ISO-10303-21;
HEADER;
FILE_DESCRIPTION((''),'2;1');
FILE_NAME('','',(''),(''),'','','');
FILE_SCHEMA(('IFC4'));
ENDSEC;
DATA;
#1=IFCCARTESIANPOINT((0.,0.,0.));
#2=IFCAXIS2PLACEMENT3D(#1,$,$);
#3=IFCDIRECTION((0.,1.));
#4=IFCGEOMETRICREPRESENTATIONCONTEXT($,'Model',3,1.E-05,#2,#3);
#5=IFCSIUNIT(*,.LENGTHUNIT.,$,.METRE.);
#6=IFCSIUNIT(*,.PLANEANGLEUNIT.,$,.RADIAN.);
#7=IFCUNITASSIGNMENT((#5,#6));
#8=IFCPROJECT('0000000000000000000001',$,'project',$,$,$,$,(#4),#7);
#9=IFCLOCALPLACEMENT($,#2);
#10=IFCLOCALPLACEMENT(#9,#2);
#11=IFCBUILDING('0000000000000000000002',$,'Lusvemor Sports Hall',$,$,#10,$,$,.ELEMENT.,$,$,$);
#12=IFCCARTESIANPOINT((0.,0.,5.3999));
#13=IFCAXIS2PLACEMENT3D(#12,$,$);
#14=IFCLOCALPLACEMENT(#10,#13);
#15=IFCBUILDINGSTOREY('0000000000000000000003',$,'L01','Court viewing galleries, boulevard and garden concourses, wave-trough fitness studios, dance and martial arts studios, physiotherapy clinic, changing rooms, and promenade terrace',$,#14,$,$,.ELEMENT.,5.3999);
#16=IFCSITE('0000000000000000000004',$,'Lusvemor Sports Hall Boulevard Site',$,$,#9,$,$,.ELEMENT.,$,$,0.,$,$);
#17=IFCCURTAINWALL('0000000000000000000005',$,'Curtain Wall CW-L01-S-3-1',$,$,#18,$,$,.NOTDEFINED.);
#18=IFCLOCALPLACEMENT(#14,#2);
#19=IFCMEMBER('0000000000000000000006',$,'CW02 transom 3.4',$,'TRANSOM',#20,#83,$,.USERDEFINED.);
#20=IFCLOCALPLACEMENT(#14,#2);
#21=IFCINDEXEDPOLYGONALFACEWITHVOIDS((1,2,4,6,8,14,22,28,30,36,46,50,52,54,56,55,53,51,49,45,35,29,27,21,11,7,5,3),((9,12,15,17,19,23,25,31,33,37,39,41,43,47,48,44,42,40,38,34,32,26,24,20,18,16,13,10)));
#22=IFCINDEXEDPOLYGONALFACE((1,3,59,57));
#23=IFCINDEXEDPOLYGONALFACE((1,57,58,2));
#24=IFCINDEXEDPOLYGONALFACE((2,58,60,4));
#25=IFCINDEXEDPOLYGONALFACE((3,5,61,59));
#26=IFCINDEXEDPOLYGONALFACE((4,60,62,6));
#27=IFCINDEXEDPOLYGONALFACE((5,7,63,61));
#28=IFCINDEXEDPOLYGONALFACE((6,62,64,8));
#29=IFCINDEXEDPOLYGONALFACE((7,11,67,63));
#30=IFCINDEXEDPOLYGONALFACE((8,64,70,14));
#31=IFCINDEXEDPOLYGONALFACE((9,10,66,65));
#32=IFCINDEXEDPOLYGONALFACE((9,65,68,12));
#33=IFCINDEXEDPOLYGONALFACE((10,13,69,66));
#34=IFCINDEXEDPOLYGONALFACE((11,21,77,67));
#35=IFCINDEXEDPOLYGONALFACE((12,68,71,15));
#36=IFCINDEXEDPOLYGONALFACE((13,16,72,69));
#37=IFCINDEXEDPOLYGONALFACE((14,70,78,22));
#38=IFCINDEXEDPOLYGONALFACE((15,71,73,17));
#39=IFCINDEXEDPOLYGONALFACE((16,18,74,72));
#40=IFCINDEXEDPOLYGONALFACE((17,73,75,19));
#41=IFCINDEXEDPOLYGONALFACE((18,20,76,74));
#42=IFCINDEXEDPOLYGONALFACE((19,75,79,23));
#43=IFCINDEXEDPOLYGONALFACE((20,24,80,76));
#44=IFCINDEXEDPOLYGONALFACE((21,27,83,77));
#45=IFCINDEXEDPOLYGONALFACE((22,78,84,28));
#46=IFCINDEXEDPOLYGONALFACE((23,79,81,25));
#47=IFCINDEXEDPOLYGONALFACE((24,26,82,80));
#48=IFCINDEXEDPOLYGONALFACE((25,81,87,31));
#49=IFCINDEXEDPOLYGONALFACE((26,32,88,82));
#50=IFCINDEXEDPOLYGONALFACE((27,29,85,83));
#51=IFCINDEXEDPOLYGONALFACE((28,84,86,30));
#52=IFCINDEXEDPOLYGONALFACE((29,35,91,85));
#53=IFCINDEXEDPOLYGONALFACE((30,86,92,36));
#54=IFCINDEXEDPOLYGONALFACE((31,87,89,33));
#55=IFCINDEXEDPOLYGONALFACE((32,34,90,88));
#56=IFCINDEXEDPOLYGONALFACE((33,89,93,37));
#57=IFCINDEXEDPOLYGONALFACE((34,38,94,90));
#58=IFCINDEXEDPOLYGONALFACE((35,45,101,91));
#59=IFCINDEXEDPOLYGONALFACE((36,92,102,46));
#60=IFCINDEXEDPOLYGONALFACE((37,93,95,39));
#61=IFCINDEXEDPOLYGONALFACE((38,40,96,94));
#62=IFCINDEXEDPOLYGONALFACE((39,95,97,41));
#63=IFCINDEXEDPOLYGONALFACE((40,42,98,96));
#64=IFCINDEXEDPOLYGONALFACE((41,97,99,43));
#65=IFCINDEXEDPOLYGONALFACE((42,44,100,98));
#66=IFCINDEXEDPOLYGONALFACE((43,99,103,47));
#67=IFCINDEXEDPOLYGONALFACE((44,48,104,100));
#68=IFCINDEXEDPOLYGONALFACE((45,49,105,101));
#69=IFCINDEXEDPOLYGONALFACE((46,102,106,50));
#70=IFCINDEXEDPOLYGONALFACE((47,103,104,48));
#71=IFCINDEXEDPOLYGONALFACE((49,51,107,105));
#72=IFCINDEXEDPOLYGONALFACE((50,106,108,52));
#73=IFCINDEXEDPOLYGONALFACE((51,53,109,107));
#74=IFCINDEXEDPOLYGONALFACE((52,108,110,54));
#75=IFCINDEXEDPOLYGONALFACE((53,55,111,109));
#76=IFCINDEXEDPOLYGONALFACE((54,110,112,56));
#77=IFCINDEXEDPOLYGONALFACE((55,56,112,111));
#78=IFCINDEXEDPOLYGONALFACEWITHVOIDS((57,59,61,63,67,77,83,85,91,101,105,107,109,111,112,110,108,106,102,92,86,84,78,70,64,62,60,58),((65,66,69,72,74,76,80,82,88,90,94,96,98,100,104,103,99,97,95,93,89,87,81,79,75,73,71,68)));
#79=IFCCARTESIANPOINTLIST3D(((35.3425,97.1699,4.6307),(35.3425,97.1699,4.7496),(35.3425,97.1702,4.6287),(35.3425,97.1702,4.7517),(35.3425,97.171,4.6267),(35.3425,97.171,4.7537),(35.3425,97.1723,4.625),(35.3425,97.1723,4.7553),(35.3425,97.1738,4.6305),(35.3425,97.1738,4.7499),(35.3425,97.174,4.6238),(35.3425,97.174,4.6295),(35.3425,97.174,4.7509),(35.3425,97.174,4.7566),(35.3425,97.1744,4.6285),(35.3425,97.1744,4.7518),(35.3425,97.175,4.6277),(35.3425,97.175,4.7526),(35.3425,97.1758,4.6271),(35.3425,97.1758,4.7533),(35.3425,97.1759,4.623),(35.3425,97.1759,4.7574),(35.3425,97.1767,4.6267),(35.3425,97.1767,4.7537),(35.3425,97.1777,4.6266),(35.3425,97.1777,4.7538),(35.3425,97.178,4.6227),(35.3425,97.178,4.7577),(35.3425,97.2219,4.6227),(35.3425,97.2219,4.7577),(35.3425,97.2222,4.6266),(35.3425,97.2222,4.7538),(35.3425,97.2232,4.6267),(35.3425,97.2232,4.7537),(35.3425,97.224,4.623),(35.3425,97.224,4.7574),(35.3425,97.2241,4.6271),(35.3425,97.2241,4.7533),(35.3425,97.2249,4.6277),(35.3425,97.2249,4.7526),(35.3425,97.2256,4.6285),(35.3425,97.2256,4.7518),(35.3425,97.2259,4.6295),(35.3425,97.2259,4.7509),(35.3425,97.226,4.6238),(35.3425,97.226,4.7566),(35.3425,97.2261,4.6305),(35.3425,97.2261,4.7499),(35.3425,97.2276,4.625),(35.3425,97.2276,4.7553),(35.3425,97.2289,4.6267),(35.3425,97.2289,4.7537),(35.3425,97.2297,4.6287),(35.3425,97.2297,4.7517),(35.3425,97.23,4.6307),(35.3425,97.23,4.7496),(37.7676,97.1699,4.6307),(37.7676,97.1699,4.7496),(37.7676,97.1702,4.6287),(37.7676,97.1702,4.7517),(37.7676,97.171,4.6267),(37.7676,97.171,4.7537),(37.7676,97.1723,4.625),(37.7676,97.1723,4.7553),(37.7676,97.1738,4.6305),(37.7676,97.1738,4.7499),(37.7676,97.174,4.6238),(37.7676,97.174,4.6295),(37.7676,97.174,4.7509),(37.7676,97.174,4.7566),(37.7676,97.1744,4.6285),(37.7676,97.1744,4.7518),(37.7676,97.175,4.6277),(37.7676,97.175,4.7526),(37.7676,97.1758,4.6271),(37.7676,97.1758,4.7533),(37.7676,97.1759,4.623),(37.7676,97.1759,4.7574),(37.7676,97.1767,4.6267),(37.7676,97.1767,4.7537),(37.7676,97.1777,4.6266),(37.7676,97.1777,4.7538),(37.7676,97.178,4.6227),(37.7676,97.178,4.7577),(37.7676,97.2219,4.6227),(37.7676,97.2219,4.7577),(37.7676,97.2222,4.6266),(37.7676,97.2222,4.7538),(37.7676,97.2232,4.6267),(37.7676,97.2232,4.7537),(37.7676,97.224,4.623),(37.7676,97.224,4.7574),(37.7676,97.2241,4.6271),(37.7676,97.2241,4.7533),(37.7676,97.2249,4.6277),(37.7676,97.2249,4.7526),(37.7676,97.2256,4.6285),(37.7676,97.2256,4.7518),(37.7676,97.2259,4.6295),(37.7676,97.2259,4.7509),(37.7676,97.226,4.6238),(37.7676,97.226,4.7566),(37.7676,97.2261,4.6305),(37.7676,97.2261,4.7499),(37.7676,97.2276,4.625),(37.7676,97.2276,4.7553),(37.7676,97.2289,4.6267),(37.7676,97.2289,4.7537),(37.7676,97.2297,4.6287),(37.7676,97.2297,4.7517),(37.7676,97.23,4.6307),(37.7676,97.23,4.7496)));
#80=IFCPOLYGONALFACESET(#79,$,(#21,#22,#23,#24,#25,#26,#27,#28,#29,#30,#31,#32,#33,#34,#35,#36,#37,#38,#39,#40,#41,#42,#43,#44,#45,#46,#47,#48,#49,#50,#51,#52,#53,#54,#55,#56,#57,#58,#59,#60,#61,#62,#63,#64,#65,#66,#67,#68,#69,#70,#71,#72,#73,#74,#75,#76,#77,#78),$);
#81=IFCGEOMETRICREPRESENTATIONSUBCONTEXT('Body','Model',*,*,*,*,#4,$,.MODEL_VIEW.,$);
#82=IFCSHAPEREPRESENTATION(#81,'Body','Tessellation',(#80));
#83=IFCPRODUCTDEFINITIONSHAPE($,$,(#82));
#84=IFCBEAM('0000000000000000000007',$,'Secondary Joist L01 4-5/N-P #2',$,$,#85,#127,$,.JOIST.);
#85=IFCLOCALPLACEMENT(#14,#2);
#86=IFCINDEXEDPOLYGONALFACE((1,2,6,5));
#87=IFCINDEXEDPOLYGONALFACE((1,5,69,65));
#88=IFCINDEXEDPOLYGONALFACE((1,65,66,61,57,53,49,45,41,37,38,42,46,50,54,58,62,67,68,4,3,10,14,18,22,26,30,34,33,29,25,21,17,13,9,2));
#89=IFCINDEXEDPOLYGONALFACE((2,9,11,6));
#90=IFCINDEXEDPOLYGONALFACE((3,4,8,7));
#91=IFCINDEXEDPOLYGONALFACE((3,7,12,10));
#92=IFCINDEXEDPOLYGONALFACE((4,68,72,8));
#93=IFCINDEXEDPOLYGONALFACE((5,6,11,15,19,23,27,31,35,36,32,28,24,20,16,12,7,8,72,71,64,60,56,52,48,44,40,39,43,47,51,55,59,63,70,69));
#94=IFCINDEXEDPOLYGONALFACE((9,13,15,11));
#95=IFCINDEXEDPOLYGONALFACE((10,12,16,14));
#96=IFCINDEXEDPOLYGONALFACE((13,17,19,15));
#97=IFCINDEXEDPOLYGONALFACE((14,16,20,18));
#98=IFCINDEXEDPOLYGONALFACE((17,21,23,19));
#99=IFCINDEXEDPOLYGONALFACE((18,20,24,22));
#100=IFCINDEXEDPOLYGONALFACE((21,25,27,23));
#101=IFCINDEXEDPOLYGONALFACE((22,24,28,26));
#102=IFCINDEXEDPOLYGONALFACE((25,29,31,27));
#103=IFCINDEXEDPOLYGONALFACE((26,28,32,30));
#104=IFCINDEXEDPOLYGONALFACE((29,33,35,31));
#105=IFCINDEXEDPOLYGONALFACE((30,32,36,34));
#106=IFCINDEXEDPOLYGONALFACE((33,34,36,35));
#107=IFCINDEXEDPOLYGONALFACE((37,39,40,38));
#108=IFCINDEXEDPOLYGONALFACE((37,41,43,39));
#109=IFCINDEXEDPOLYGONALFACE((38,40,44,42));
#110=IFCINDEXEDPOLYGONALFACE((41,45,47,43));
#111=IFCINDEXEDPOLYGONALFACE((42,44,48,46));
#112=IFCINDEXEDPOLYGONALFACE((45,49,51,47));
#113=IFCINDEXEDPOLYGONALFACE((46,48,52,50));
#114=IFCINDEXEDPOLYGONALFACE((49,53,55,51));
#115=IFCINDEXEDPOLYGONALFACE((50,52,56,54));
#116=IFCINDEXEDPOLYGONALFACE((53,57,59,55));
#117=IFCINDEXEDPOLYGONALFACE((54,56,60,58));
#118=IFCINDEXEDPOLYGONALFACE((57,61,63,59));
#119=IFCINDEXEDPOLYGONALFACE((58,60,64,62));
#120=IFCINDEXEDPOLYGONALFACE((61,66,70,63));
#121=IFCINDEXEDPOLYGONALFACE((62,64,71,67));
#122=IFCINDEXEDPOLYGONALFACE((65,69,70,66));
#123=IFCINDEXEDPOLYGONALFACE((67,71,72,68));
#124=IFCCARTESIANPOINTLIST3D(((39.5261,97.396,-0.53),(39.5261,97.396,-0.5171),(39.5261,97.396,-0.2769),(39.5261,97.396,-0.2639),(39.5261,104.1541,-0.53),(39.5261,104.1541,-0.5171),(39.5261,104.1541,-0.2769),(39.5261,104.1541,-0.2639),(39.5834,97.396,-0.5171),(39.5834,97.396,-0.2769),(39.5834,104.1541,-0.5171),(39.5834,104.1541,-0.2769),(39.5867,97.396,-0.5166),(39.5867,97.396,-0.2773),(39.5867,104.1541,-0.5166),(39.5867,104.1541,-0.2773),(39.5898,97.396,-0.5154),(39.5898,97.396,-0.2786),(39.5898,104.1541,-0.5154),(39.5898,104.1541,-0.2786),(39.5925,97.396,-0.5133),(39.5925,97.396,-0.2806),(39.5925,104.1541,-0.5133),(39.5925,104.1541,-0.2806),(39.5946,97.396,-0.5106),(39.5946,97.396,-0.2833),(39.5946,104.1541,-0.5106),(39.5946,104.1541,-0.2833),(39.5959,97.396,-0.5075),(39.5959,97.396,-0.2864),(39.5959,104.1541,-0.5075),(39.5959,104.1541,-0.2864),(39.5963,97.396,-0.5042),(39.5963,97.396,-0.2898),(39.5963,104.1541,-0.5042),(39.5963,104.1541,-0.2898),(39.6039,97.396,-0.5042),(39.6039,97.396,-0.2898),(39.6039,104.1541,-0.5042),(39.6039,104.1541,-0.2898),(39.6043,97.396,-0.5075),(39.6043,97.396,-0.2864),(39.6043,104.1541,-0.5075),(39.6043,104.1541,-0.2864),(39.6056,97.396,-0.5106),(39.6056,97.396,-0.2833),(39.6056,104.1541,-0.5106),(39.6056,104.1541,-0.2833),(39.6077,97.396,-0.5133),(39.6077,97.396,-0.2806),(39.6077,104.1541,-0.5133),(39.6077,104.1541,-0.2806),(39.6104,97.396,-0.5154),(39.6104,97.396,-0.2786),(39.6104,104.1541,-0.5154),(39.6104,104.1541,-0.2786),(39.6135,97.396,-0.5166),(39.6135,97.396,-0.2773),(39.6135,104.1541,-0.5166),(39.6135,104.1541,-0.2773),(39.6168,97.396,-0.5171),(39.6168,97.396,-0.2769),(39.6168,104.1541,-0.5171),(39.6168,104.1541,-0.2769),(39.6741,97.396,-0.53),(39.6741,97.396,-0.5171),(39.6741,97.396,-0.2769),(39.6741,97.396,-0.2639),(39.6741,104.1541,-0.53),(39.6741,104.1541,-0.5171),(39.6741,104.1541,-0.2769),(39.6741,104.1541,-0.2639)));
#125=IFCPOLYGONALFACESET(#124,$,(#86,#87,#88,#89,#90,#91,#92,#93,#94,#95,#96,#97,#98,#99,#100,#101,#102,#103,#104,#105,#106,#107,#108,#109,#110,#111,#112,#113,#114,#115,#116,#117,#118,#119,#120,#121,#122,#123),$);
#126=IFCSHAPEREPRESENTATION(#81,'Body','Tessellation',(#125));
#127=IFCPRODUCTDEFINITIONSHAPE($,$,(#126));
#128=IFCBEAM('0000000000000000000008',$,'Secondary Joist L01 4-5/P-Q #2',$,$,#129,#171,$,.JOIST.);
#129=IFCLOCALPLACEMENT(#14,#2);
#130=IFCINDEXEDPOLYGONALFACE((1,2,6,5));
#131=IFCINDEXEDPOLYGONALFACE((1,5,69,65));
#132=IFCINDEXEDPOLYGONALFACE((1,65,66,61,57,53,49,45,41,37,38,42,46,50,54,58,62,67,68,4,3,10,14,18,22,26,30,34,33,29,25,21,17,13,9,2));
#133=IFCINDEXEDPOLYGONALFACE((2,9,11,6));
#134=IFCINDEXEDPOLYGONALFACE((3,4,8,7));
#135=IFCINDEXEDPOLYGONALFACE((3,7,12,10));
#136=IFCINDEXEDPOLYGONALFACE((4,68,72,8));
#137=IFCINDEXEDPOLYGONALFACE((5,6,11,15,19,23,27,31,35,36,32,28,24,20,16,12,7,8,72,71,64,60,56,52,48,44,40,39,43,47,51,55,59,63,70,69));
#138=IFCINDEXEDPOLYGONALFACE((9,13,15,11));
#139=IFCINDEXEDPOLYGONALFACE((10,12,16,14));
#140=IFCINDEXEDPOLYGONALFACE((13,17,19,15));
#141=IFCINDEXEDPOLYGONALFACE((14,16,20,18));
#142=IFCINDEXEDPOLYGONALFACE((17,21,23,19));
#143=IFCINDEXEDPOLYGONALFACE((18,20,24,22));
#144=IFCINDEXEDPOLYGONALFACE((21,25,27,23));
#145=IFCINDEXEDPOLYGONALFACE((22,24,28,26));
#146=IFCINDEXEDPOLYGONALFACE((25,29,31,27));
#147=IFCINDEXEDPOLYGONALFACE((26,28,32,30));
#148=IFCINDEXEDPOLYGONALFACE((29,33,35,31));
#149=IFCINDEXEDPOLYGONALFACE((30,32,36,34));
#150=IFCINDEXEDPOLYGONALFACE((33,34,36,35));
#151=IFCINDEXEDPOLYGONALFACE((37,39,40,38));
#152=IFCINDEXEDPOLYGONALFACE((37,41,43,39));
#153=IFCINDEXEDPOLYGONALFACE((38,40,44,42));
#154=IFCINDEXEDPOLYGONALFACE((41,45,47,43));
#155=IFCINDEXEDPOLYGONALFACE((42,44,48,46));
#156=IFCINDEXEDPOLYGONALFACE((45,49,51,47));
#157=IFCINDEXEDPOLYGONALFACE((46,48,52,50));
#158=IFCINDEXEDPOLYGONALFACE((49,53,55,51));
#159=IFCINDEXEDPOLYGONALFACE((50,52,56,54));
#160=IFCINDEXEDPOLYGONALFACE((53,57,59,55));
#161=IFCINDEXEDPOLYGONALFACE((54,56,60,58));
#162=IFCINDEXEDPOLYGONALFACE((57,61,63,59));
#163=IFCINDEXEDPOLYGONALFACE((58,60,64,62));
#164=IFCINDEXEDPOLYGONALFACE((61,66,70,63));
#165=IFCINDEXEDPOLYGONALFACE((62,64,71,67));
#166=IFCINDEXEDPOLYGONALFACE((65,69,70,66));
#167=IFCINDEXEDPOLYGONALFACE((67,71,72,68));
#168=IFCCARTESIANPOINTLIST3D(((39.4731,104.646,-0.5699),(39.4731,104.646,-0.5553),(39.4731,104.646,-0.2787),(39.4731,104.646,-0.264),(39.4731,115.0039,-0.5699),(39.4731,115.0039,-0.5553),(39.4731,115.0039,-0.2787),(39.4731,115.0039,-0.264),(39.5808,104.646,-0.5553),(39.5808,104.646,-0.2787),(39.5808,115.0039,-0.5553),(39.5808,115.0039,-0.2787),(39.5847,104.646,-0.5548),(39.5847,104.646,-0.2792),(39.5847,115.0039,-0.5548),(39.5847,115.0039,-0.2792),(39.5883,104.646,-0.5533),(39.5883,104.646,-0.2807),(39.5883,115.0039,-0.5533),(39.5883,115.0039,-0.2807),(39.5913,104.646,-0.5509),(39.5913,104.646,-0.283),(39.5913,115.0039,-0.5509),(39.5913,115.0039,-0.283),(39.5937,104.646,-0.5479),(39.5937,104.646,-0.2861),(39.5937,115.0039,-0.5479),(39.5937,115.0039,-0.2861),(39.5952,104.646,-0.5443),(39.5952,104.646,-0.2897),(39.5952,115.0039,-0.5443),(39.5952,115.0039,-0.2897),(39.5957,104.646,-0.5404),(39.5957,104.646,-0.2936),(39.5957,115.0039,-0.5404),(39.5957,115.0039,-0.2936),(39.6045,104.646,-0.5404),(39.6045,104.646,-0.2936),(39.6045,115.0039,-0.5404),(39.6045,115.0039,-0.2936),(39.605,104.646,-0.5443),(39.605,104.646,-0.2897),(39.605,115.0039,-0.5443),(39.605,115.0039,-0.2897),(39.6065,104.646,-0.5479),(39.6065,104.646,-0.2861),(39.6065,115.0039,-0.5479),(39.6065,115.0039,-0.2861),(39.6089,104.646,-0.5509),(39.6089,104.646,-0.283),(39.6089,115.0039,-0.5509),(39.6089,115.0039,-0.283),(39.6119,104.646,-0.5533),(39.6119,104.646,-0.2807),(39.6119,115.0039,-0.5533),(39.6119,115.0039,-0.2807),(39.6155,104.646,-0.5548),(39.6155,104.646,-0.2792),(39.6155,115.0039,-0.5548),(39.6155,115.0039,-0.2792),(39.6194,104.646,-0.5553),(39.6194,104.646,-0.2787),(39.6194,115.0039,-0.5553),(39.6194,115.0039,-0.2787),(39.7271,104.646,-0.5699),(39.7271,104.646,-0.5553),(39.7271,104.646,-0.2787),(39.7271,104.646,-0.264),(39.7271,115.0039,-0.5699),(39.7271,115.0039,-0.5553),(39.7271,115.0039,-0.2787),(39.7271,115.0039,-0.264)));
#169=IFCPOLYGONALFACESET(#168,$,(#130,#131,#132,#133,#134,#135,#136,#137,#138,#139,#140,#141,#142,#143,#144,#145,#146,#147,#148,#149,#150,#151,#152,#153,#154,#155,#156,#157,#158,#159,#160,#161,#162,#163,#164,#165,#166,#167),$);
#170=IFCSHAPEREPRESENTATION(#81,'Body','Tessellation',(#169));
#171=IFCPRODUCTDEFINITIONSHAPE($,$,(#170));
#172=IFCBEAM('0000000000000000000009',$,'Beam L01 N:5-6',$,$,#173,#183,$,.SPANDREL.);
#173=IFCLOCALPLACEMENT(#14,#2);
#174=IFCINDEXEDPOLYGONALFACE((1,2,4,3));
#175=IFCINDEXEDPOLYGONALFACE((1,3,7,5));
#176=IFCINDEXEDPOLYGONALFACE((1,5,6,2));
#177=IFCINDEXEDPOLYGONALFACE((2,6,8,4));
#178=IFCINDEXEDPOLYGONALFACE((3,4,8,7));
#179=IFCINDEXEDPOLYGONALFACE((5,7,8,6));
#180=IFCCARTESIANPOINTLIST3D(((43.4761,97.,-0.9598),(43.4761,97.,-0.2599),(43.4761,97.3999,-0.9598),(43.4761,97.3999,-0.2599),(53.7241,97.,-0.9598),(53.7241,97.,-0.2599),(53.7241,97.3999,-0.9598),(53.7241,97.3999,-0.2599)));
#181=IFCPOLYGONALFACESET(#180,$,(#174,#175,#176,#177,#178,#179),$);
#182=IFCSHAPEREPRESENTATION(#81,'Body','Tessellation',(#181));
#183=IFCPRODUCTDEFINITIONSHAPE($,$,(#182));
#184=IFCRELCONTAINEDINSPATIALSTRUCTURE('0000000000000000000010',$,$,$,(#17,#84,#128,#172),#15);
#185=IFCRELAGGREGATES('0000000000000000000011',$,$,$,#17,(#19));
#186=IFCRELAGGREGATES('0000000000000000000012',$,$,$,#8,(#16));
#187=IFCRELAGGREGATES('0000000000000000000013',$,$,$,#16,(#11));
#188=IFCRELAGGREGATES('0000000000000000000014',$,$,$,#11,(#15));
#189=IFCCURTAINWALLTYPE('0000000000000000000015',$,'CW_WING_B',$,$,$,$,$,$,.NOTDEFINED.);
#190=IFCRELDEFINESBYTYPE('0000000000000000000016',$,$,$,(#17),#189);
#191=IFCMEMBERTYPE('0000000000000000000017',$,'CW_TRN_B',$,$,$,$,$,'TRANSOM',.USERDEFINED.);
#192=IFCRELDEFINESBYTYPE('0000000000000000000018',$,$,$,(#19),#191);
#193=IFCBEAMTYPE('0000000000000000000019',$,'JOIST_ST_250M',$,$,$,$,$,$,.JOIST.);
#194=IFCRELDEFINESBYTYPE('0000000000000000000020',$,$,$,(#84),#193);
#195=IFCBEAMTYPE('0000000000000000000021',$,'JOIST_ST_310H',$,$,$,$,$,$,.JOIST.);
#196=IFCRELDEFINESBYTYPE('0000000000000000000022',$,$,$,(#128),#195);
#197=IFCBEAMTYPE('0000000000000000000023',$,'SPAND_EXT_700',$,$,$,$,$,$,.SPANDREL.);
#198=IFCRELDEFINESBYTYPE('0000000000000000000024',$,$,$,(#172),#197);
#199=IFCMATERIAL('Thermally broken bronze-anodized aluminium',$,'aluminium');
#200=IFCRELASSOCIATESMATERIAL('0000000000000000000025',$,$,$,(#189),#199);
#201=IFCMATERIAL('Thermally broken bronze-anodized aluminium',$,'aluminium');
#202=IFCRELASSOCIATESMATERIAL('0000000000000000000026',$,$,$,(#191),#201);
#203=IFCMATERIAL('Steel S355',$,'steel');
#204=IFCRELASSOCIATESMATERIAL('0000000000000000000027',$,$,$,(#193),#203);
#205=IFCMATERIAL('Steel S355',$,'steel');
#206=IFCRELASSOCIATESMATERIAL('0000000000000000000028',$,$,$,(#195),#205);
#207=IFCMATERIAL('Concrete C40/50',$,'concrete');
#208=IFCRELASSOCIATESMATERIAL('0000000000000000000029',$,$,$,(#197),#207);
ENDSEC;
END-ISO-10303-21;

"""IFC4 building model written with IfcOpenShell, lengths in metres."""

from ifc_helpers import new_model, si_unit, direction, frame, origin, origin_2d, place, context, subcontext, project, spatial, rectangle, hollow_rectangle, i_section, extrude, material, material_profile, profile_set, type_object, element, aggregate, save


model = new_model("IFC4")

# Units and contexts
model_context = context("Model", 3, precision=1e-05, world=origin(), true_north=direction((0.0, 1.0)))
body_context = subcontext(model_context, "Body", "Model", "MODEL_VIEW")
ifc_project = project(units=[si_unit("LENGTHUNIT", "METRE"), si_unit("PLANEANGLEUNIT", "RADIAN")], contexts=[model_context])

# Site, building, storey
site_placement = place(None, origin())
site = spatial("IfcSite", under=ifc_project, at=site_placement, Name="Lusvemor Sports Hall Boulevard Site", CompositionType="ELEMENT", RefElevation=0.0)
building_placement = place(site_placement, origin())
building = spatial("IfcBuilding", under=site, at=building_placement, Name="Lusvemor Sports Hall", CompositionType="ELEMENT")
storey_placement = place(building_placement, frame((0.0, 0.0, 5.3999)))
storey = spatial("IfcBuildingStorey", under=building, at=storey_placement, Name="L01", Description="Court viewing galleries, boulevard and garden concourses, wave-trough fitness studios, dance and martial arts studios, physiotherapy clinic, changing rooms, and promenade terrace", CompositionType="ELEMENT", Elevation=5.3999)

# Curtain wall, member
ifc_material_1 = material(Name="Thermally broken bronze-anodized aluminium", Category="aluminium")
curtain_wall_type = type_object("IfcCurtainWallType", Name="CW_WING_B", PredefinedType="NOTDEFINED", material=ifc_material_1)
curtain_wall_placement = place(storey_placement, origin())
curtain_wall = element("IfcCurtainWall", 1, at=curtain_wall_placement, inside=storey, type_object=curtain_wall_type, Name="Curtain Wall CW-L01-S-3-1", PredefinedType="NOTDEFINED")
ifc_material_2 = material(Name="Thermally broken bronze-anodized aluminium", Category="aluminium")
ifc_material_profile_1 = material_profile(ifc_material_2, hollow_rectangle(XDim=0.0601, YDim=0.135, WallThickness=0.0039, InnerFilletRadius=0.0039, OuterFilletRadius=0.0081, at=origin_2d()), Name="CWTRN135x60x4")
ifc_profile_set_1 = profile_set([ifc_material_profile_1], Name="Thermally broken bronze-anodized aluminium")
member_type_1 = type_object("IfcMemberType", Name="CW_TRN_B", ElementType="TRANSOM", PredefinedType="USERDEFINED", material=ifc_profile_set_1)
member_1_placement = place(storey_placement, frame((37.7676, 97.2, 4.6902), z_axis=(-1.0, 0.0, 0.0), x_axis=(0.0, -1.0, 0.0)))
member_1 = element("IfcMember", 2, at=member_1_placement, type_object=member_type_1, Name="CW02 transom 3.4", ObjectType="TRANSOM", PredefinedType="USERDEFINED", context=body_context, shape_type="SweptSolid", body=[
    extrude(hollow_rectangle(XDim=0.0601, YDim=0.135, WallThickness=0.0039, InnerFilletRadius=0.0039, OuterFilletRadius=0.0081, at=origin_2d()), origin(), (0.0, 0.0, 1.0), 2.425),
])

# Beams
ifc_material_3 = material(Name="Steel S355", Category="steel")
ifc_material_profile_2 = material_profile(ifc_material_3, i_section(OverallWidth=0.1479, OverallDepth=0.2661, WebThickness=0.0076, FlangeThickness=0.0129, FilletRadius=0.0129, at=origin_2d()), Name="W250x44.8")
ifc_profile_set_2 = profile_set([ifc_material_profile_2], Name="Steel S355")
beam_type_1 = type_object("IfcBeamType", Name="JOIST_ST_250M", PredefinedType="JOIST", material=ifc_profile_set_2)
beam_1_placement = place(storey_placement, frame((39.6001, 97.396, -0.397), z_axis=(0.0, 1.0, 0.0), x_axis=(-1.0, 0.0, 0.0)))
element("IfcBeam", 3, at=beam_1_placement, inside=storey, type_object=beam_type_1, Name="Secondary Joist L01 4-5/N-P #2", PredefinedType="JOIST", context=body_context, shape_type="SweptSolid", body=[
    extrude(i_section(OverallWidth=0.1479, OverallDepth=0.2661, WebThickness=0.0076, FlangeThickness=0.0129, FilletRadius=0.0129, at=origin_2d()), origin(), (0.0, 0.0, 1.0), 6.7581),
])
ifc_material_4 = material(Name="Steel S355", Category="steel")
ifc_material_profile_3 = material_profile(ifc_material_4, i_section(OverallWidth=0.2539, OverallDepth=0.3059, WebThickness=0.0088, FlangeThickness=0.0146, FilletRadius=0.0149, at=origin_2d()), Name="W310x79.0")
ifc_profile_set_3 = profile_set([ifc_material_profile_3], Name="Steel S355")
beam_type_2 = type_object("IfcBeamType", Name="JOIST_ST_310H", PredefinedType="JOIST", material=ifc_profile_set_3)
beam_2_placement = place(storey_placement, frame((39.6001, 104.646, -0.417), z_axis=(0.0, 1.0, 0.0), x_axis=(-1.0, 0.0, 0.0)))
element("IfcBeam", 4, at=beam_2_placement, inside=storey, type_object=beam_type_2, Name="Secondary Joist L01 4-5/P-Q #2", PredefinedType="JOIST", context=body_context, shape_type="SweptSolid", body=[
    extrude(i_section(OverallWidth=0.2539, OverallDepth=0.3059, WebThickness=0.0088, FlangeThickness=0.0146, FilletRadius=0.0149, at=origin_2d()), origin(), (0.0, 0.0, 1.0), 10.3579),
])
ifc_material_5 = material(Name="Concrete C40/50", Category="concrete")
ifc_material_profile_4 = material_profile(ifc_material_5, rectangle(XDim=0.3999, YDim=0.7, at=origin_2d()), Name="RC400x700")
ifc_profile_set_4 = profile_set([ifc_material_profile_4], Name="Concrete C40/50")
beam_type_3 = type_object("IfcBeamType", Name="SPAND_EXT_700", PredefinedType="SPANDREL", material=ifc_profile_set_4)
beam_3_placement = place(storey_placement, frame((43.4761, 97.2, -0.6099), z_axis=(1.0, 0.0, 0.0), x_axis=(0.0, 1.0, 0.0)))
element("IfcBeam", 5, at=beam_3_placement, inside=storey, type_object=beam_type_3, Name="Beam L01 N:5-6", PredefinedType="SPANDREL", context=body_context, shape_type="SweptSolid", body=[
    extrude(rectangle(XDim=0.3999, YDim=0.7, at=origin_2d()), origin(), (0.0, 0.0, 1.0), 10.248),
])

aggregate(curtain_wall, [member_1])

save(model, "model.ifc")
